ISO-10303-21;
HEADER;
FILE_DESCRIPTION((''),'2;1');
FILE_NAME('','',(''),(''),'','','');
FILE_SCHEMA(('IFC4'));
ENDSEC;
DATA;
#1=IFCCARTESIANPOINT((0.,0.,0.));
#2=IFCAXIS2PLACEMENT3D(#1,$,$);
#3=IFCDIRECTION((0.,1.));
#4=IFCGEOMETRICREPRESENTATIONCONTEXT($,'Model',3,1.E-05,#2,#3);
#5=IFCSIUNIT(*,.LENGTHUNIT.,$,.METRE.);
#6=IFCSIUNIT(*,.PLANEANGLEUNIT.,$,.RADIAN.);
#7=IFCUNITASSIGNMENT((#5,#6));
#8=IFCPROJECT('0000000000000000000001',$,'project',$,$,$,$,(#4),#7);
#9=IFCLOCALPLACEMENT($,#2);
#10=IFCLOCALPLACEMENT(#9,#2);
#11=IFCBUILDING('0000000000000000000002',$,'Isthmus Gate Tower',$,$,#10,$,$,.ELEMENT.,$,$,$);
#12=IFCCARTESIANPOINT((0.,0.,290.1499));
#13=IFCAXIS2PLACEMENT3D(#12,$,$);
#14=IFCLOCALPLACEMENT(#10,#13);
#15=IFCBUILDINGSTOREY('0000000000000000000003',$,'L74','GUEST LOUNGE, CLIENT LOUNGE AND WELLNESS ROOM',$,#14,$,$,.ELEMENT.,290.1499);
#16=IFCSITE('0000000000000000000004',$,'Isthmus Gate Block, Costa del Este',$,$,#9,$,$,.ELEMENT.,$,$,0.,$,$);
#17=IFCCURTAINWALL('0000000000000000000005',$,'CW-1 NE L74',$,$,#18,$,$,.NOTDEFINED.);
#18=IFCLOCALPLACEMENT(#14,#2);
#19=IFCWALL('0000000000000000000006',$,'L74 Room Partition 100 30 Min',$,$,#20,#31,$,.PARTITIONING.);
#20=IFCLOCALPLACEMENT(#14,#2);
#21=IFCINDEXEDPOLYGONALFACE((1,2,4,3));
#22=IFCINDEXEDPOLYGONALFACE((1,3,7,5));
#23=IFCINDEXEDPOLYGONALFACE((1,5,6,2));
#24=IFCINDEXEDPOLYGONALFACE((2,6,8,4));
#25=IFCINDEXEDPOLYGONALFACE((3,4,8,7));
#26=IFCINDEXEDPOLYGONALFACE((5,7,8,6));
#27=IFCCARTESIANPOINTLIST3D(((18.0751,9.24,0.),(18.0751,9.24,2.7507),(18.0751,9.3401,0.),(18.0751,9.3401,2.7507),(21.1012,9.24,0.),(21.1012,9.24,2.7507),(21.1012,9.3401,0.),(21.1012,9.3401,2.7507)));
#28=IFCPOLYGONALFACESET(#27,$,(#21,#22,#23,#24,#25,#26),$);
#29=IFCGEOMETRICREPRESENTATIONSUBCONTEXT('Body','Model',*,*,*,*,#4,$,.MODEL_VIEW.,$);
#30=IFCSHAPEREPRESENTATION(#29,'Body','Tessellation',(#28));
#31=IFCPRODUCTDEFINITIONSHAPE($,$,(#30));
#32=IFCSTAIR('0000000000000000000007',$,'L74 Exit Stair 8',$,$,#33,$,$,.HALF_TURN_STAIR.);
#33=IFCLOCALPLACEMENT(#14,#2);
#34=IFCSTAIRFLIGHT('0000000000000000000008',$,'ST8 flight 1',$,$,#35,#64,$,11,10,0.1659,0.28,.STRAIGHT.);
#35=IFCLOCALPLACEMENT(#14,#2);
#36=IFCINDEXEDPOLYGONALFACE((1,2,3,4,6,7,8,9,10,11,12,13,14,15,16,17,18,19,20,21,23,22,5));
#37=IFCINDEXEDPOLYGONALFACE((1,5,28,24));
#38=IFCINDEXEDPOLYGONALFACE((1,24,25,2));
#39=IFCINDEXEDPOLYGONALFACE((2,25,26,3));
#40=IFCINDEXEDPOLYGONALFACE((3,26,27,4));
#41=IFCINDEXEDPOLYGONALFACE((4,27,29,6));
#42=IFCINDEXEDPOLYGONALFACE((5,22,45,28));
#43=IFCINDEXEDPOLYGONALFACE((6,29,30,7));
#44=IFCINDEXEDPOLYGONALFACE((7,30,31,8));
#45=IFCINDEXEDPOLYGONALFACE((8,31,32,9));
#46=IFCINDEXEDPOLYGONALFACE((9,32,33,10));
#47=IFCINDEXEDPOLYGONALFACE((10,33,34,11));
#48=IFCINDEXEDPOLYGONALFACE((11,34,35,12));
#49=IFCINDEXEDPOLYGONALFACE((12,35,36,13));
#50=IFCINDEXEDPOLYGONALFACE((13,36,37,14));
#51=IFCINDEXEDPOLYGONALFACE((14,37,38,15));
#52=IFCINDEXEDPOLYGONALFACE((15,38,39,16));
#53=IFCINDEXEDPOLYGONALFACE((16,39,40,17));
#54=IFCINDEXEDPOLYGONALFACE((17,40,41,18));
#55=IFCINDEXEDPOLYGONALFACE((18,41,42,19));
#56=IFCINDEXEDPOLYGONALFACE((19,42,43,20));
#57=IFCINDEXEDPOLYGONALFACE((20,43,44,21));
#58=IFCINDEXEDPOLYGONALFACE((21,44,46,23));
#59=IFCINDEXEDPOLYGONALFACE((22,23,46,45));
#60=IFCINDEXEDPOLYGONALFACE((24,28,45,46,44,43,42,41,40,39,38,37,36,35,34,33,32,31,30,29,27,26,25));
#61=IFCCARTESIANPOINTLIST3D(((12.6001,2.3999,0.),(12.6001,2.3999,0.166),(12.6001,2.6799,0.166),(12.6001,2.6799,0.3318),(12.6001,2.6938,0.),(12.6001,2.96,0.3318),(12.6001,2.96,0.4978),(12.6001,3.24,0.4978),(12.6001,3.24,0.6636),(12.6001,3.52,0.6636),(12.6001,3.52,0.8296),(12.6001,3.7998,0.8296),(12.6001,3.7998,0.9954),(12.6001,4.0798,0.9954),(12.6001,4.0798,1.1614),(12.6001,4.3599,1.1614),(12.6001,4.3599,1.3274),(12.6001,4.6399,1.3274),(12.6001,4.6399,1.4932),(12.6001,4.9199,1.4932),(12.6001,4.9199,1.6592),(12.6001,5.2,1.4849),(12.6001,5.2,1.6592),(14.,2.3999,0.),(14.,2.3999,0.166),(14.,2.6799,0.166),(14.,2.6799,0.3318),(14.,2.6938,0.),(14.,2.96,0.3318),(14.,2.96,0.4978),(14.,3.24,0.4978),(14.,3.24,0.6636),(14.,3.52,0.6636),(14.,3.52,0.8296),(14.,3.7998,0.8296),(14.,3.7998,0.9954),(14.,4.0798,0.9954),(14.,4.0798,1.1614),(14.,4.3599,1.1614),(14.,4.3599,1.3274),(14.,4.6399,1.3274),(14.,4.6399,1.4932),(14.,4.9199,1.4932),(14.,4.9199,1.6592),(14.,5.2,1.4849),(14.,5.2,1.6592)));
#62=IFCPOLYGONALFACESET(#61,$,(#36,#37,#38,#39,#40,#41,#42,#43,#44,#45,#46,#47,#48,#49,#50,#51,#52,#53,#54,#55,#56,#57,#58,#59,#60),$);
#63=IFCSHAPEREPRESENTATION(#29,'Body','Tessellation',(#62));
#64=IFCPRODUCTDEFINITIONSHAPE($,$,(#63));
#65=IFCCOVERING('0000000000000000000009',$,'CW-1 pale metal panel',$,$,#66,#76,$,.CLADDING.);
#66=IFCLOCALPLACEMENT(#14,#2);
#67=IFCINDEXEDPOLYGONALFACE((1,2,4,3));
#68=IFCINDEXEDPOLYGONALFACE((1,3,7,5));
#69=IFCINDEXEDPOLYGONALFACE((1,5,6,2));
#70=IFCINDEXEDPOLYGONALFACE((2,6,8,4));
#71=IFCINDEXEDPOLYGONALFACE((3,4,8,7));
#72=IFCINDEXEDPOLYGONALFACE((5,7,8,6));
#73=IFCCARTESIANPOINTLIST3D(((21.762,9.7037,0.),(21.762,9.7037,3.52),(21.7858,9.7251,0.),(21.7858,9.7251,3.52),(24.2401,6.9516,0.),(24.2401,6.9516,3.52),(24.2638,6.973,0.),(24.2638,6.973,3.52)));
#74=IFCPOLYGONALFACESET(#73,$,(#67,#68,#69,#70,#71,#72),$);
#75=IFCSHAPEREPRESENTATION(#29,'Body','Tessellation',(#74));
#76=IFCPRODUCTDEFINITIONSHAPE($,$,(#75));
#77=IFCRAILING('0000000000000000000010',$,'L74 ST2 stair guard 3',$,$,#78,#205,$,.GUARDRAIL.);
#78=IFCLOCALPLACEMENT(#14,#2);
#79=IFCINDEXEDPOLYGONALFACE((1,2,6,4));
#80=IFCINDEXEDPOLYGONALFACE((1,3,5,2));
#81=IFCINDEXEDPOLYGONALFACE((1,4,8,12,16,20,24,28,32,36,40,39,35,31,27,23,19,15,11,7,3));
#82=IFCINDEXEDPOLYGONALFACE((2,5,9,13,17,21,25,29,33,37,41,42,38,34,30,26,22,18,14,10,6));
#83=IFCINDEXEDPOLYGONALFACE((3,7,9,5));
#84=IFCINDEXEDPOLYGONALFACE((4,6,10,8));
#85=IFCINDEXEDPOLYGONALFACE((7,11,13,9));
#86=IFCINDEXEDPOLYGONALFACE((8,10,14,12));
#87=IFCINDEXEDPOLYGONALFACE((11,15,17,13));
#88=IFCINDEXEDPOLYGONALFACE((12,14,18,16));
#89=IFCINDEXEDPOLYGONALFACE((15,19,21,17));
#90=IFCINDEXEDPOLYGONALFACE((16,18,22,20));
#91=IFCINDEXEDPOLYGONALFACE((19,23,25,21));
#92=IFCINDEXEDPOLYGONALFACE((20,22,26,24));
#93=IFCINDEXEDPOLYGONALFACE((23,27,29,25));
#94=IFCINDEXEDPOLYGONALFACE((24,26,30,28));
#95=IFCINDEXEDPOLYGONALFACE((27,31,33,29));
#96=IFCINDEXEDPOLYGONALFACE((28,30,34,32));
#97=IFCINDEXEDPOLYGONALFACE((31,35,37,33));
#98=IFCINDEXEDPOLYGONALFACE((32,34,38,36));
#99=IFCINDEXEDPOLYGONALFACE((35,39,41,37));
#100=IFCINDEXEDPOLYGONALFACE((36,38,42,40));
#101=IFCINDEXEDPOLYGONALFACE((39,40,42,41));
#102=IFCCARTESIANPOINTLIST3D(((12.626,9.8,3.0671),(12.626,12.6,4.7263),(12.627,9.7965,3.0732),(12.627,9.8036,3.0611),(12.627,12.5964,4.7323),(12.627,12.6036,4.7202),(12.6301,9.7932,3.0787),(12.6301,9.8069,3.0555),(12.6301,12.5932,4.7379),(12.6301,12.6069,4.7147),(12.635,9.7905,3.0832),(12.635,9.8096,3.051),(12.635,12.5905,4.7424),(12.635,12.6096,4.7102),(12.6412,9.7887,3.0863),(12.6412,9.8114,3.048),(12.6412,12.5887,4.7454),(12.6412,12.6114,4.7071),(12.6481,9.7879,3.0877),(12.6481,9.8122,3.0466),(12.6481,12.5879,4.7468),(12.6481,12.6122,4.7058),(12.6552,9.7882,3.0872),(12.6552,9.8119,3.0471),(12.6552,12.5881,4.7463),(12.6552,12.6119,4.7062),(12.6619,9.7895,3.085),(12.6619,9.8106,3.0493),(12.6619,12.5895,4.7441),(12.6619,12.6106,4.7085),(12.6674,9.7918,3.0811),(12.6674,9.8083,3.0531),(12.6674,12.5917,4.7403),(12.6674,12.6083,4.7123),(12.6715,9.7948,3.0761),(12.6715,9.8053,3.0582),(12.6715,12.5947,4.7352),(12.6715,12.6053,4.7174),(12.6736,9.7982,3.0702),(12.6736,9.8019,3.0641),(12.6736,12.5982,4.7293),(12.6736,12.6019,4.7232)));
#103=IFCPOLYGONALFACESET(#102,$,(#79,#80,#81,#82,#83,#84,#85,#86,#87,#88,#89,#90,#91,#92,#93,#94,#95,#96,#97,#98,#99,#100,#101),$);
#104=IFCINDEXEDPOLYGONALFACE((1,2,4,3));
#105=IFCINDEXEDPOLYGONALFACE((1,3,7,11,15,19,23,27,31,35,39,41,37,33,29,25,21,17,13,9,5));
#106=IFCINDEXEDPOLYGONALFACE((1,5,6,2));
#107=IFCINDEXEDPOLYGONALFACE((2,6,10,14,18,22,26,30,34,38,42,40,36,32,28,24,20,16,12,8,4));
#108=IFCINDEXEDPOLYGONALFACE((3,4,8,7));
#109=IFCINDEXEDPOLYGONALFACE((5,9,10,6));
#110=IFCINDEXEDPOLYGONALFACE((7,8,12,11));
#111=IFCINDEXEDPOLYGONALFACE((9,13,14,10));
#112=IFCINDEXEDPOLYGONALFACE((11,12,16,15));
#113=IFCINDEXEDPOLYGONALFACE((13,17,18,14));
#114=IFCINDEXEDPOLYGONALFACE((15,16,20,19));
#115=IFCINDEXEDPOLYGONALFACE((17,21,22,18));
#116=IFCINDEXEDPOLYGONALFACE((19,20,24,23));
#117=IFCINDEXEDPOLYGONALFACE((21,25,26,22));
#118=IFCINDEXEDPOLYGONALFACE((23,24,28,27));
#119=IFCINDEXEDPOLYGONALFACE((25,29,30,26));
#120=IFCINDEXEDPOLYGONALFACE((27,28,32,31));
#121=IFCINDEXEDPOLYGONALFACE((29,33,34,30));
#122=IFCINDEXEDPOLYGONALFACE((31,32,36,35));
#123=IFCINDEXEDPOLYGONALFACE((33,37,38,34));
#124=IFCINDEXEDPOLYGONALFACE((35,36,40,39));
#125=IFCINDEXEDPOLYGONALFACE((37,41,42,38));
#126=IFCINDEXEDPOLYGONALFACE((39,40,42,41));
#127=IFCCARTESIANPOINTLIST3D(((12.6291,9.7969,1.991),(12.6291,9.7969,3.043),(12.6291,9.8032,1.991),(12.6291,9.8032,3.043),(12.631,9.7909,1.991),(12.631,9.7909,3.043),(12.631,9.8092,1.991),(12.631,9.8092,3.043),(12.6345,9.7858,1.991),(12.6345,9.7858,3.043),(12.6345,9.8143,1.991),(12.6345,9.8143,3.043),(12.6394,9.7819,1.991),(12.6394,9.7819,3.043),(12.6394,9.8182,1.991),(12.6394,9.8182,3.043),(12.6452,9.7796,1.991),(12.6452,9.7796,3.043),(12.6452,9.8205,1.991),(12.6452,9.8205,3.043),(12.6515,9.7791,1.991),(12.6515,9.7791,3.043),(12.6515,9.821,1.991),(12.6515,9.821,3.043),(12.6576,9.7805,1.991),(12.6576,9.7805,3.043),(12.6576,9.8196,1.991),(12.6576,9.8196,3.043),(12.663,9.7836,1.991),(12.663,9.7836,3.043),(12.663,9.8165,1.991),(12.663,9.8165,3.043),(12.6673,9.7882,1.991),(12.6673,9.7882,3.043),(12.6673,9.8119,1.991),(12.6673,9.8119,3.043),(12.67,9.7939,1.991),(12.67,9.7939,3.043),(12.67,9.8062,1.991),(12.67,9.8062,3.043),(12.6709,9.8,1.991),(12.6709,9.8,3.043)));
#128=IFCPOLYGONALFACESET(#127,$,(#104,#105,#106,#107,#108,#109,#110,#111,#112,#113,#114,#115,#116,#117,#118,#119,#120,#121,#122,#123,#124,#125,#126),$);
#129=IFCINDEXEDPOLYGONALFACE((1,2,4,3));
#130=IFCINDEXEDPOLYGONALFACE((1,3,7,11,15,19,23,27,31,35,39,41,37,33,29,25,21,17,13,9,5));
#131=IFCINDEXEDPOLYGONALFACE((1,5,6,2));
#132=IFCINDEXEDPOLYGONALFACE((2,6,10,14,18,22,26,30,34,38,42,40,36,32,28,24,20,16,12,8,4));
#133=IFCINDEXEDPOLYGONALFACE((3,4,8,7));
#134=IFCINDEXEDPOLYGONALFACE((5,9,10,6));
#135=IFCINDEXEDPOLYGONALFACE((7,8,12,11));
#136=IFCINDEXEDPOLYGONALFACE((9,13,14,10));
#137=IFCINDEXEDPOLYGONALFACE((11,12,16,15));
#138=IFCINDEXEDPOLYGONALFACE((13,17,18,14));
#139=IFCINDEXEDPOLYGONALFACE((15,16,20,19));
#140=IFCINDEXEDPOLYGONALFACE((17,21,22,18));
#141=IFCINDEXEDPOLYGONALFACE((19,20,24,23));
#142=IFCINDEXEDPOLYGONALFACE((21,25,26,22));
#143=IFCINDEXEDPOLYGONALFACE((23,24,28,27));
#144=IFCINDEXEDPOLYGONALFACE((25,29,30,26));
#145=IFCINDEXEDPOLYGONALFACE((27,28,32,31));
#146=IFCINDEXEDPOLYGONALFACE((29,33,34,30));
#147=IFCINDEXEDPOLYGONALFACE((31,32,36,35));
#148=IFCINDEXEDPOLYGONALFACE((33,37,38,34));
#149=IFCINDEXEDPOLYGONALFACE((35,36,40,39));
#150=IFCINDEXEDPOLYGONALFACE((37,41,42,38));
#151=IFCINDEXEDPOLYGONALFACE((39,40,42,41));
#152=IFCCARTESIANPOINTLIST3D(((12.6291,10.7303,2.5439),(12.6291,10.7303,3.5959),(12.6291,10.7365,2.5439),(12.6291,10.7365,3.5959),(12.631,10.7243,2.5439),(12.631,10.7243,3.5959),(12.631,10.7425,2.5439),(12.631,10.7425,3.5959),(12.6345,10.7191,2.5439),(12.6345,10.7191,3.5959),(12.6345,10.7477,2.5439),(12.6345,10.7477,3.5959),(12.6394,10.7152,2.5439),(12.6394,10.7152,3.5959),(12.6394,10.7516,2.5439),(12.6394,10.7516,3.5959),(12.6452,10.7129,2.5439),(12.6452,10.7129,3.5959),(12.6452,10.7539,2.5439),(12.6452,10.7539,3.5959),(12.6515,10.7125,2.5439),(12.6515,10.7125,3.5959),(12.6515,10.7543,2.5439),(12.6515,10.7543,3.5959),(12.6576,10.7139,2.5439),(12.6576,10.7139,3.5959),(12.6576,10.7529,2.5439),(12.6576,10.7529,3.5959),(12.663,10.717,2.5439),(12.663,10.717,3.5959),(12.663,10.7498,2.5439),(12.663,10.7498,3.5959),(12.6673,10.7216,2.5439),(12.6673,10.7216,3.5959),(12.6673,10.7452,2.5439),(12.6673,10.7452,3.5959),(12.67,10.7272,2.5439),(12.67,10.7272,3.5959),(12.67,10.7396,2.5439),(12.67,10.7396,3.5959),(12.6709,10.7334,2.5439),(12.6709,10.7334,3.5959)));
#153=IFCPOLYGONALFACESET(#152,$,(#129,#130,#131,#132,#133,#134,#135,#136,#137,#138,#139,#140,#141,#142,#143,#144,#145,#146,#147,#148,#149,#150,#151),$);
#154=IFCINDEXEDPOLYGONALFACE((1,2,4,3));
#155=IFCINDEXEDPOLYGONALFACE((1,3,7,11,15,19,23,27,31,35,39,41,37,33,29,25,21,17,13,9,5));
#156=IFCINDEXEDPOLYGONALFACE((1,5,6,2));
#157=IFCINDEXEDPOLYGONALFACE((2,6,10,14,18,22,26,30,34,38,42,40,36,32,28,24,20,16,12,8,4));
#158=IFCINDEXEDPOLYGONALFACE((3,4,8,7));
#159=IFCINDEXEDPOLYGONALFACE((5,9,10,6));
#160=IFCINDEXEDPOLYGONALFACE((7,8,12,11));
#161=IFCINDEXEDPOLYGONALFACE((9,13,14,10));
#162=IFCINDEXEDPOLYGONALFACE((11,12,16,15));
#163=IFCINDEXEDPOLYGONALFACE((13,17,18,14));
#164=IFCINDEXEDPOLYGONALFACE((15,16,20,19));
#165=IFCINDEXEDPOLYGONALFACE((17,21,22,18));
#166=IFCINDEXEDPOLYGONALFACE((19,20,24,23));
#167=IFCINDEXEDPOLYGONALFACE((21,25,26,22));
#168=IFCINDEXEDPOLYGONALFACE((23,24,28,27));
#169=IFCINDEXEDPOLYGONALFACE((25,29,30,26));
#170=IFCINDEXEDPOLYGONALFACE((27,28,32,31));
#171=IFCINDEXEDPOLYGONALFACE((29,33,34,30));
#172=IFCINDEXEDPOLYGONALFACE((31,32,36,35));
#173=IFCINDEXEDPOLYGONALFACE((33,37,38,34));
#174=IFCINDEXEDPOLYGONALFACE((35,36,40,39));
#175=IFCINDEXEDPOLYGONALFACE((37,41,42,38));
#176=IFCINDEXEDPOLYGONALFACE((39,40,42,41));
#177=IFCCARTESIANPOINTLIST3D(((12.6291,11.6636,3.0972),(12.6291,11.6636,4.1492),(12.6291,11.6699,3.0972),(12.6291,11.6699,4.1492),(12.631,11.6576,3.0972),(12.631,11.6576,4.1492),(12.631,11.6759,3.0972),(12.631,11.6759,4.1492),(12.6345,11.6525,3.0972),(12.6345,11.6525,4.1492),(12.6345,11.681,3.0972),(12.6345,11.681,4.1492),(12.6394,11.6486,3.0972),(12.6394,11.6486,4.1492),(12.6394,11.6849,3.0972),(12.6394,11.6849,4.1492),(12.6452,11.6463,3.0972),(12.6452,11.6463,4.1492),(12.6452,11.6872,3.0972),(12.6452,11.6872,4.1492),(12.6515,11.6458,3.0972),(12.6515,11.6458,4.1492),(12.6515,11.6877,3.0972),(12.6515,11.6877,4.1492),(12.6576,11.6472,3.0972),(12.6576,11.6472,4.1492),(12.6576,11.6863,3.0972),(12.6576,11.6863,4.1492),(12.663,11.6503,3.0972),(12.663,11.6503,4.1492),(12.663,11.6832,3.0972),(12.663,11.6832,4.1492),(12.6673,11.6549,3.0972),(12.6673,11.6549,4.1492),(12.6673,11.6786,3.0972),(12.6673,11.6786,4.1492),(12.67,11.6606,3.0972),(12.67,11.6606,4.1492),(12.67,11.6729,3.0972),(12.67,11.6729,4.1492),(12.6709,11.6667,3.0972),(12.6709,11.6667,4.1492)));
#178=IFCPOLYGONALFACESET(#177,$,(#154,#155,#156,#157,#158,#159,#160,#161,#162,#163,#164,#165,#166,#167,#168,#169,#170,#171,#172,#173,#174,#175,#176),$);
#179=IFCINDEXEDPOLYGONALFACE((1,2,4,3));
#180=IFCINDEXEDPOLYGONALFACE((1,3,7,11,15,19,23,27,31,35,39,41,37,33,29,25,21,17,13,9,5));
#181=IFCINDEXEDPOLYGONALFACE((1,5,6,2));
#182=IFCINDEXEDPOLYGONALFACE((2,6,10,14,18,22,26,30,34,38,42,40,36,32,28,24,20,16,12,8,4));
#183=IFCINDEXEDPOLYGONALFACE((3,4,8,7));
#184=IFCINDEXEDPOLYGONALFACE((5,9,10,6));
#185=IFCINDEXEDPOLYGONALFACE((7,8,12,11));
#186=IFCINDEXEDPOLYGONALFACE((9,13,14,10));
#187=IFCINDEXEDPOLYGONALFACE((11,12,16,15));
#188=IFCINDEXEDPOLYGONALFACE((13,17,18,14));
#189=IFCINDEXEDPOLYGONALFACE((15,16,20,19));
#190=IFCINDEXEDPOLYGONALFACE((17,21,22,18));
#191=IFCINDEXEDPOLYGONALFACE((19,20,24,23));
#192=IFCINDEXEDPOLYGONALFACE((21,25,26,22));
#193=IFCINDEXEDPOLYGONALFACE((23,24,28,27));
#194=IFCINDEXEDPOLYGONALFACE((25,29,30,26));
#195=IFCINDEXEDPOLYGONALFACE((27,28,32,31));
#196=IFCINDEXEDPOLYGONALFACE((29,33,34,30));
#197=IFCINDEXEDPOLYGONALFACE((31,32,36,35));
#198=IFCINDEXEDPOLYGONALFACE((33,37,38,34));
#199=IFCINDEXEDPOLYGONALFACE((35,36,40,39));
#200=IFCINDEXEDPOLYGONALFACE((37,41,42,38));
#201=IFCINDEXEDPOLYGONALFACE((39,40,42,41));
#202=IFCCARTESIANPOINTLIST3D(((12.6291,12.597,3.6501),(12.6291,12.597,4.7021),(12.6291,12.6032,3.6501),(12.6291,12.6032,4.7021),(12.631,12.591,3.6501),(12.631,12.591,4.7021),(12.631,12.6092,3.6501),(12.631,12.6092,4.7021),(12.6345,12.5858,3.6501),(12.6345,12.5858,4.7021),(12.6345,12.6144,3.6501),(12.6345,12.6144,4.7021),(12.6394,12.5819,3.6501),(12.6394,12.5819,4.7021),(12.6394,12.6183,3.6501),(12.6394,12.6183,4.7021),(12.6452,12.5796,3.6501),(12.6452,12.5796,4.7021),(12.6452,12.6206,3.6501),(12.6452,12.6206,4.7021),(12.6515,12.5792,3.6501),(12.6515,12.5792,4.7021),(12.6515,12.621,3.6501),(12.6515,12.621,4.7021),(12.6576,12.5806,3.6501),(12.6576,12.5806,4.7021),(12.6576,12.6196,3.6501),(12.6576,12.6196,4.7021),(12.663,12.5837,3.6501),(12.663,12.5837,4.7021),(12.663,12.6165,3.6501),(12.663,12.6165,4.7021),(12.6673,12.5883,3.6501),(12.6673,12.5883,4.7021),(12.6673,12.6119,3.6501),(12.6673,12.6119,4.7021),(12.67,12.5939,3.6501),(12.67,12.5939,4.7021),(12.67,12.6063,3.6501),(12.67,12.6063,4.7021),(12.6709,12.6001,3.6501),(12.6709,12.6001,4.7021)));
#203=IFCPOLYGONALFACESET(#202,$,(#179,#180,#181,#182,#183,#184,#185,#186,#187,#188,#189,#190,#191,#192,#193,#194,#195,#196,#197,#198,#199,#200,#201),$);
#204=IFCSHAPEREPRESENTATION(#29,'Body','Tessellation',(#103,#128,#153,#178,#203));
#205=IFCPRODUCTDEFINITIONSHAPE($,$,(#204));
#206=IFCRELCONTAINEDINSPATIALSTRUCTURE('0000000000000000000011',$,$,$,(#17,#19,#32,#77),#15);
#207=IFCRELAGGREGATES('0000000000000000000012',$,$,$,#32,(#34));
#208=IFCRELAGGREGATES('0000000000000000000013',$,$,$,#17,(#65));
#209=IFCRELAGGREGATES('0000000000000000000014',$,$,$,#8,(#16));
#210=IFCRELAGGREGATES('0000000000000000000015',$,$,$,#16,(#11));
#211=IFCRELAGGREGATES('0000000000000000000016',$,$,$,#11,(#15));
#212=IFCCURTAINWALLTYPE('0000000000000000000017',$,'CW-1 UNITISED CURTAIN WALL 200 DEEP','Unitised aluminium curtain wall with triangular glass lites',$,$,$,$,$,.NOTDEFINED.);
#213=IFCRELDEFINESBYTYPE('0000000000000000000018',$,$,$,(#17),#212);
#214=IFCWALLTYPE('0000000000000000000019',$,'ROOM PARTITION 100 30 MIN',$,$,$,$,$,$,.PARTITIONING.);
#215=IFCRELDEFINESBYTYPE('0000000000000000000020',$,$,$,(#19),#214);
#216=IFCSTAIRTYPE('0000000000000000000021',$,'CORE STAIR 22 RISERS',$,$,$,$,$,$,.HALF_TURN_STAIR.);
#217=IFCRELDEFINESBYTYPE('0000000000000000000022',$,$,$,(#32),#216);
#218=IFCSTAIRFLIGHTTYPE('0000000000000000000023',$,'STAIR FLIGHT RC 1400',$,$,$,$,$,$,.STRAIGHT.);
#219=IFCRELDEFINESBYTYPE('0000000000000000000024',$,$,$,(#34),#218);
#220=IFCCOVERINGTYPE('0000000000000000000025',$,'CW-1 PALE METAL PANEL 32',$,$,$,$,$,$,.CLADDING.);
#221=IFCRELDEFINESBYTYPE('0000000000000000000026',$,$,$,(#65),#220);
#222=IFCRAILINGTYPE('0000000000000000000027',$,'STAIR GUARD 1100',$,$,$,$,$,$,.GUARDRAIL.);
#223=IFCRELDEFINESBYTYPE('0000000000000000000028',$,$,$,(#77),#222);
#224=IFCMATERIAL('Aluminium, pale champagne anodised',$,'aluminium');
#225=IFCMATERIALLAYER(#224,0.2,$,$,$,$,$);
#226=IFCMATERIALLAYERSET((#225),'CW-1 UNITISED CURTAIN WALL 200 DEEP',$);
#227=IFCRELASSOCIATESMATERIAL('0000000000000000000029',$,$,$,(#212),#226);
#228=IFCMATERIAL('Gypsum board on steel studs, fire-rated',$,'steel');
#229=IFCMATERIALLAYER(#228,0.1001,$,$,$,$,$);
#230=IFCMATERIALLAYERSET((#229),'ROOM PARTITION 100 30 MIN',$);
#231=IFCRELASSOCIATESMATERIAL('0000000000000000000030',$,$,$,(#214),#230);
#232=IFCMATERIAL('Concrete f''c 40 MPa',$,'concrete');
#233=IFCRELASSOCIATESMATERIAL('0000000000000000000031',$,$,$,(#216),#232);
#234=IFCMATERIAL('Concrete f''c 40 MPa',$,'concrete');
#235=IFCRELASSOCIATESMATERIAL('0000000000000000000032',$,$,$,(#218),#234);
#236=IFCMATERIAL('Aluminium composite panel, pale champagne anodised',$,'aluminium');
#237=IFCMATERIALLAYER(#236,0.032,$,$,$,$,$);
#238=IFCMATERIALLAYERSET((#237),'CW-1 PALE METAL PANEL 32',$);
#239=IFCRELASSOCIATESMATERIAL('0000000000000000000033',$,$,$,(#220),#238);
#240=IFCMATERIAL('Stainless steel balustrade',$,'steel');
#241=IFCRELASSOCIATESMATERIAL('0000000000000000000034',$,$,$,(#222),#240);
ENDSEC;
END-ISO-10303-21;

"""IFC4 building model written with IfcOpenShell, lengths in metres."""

from ifc_helpers import new_model, si_unit, direction, frame, frame_2d, origin, origin_2d, place, context, subcontext, project, spatial, polyline, rectangle, circle, outline, extrude, material, layer, layer_set, type_object, element, aggregate, save


model = new_model("IFC4")

# Units and contexts
model_context = context("Model", 3, precision=1e-05, world=origin(), true_north=direction((0.0, 1.0)))
body_context = subcontext(model_context, "Body", "Model", "MODEL_VIEW")
ifc_project = project(units=[si_unit("LENGTHUNIT", "METRE"), si_unit("PLANEANGLEUNIT", "RADIAN")], contexts=[model_context])

# Site, building, storey
site_placement = place(None, origin())
site = spatial("IfcSite", under=ifc_project, at=site_placement, Name="Isthmus Gate Block, Costa del Este", CompositionType="ELEMENT", RefElevation=0.0)
building_placement = place(site_placement, origin())
building = spatial("IfcBuilding", under=site, at=building_placement, Name="Isthmus Gate Tower", CompositionType="ELEMENT")
storey_placement = place(building_placement, frame((0.0, 0.0, 290.1499)))
storey = spatial("IfcBuildingStorey", under=building, at=storey_placement, Name="L74", Description="GUEST LOUNGE, CLIENT LOUNGE AND WELLNESS ROOM", CompositionType="ELEMENT", Elevation=290.1499)

# Curtain wall
ifc_material_1 = material(Name="Aluminium, pale champagne anodised", Category="aluminium")
ifc_layer_1 = layer(ifc_material_1, 0.2)
ifc_layer_set_1 = layer_set([ifc_layer_1], Name="CW-1 UNITISED CURTAIN WALL 200 DEEP")
curtain_wall_type = type_object("IfcCurtainWallType", Name="CW-1 UNITISED CURTAIN WALL 200 DEEP", Description="Unitised aluminium curtain wall with triangular glass lites", PredefinedType="NOTDEFINED", material=ifc_layer_set_1)
curtain_wall_1_placement = place(storey_placement, origin())
curtain_wall_1 = element("IfcCurtainWall", 1, at=curtain_wall_1_placement, inside=storey, type_object=curtain_wall_type, Name="CW-1 NE L74", PredefinedType="NOTDEFINED")

# Wall
ifc_material_2 = material(Name="Gypsum board on steel studs, fire-rated", Category="steel")
ifc_layer_2 = layer(ifc_material_2, 0.1001)
ifc_layer_set_2 = layer_set([ifc_layer_2], Name="ROOM PARTITION 100 30 MIN")
wall_type_1 = type_object("IfcWallType", Name="ROOM PARTITION 100 30 MIN", PredefinedType="PARTITIONING", material=ifc_layer_set_2)
wall_1_placement = place(storey_placement, frame((18.075, 9.29, 0.0), z_axis=(0.0, 0.0, 1.0), x_axis=(1.0, 0.0, 0.0)))
element("IfcWall", 2, at=wall_1_placement, inside=storey, type_object=wall_type_1, Name="L74 Room Partition 100 30 Min", PredefinedType="PARTITIONING", context=body_context, shape_type="SweptSolid", body=[
    extrude(rectangle(XDim=3.0261, YDim=0.1001, at=frame_2d((1.5132, 0.0))), origin(), (0.0, 0.0, 1.0), 2.7507),
])

# Stair, stair flight
ifc_material_3 = material(Name="Concrete f'c 40 MPa", Category="concrete")
stair_type = type_object("IfcStairType", Name="CORE STAIR 22 RISERS", PredefinedType="HALF_TURN_STAIR", material=ifc_material_3)
stair_placement = place(storey_placement, origin())
stair = element("IfcStair", 3, at=stair_placement, inside=storey, type_object=stair_type, Name="L74 Exit Stair 8", PredefinedType="HALF_TURN_STAIR")
ifc_material_4 = material(Name="Concrete f'c 40 MPa", Category="concrete")
stair_flight_type = type_object("IfcStairFlightType", Name="STAIR FLIGHT RC 1400", PredefinedType="STRAIGHT", material=ifc_material_4)
stair_flight_placement = place(storey_placement, frame((13.3, 2.3999, 0.0), z_axis=(0.0, 0.0, 1.0), x_axis=(0.0, 1.0, 0.0)))
stair_flight = element("IfcStairFlight", 4, at=stair_flight_placement, type_object=stair_flight_type, Name="ST8 flight 1", NumberOfRisers=11, NumberOfTreads=10, PredefinedType="STRAIGHT", RiserHeight=0.1659, TreadLength=0.28, context=body_context, shape_type="SweptSolid", body=[
    extrude(outline(polyline([(0.0, 0.0), (0.0, 0.166), (0.28, 0.166), (0.28, 0.3318), (0.5601, 0.3318), (0.5601, 0.4978), (0.8401, 0.4978), (0.8401, 0.6636), (1.1201, 0.6636), (1.1201, 0.8296), (1.3999, 0.8296), (1.3999, 0.9954), (1.6799, 0.9954), (1.6799, 1.1614), (1.96, 1.1614), (1.96, 1.3274), (2.24, 1.3274), (2.24, 1.4932), (2.52, 1.4932), (2.52, 1.6592), (2.8, 1.6592), (2.8, 1.825), (2.8, 1.4849), (0.2939, 0.0), (0.0, 0.0)])), frame((0.0, 0.7, 0.0), z_axis=(0.0, -1.0, 0.0), x_axis=(1.0, 0.0, 0.0)), (0.0, 0.0, 1.0), 1.3999),
])
aggregate(stair, [stair_flight])

# Covering
ifc_material_5 = material(Name="Aluminium composite panel, pale champagne anodised", Category="aluminium")
ifc_layer_3 = layer(ifc_material_5, 0.032)
ifc_layer_set_3 = layer_set([ifc_layer_3], Name="CW-1 PALE METAL PANEL 32")
covering_type = type_object("IfcCoveringType", Name="CW-1 PALE METAL PANEL 32", PredefinedType="CLADDING", material=ifc_layer_set_3)
covering_placement = place(storey_placement, frame((23.0129, 8.3384, 0.0), z_axis=(0.0, 0.0, 1.0), x_axis=(-0.669131, 0.743145, 0.0)))
covering = element("IfcCovering", 5, at=covering_placement, type_object=covering_type, Name="CW-1 pale metal panel", PredefinedType="CLADDING", context=body_context, shape_type="SweptSolid", body=[
    extrude(rectangle(XDim=3.7034, YDim=0.032, at=origin_2d()), origin(), (0.0, 0.0, 1.0), 3.52),
])
aggregate(curtain_wall_1, [covering])

# Railing
ifc_material_6 = material(Name="Stainless steel balustrade", Category="steel")
railing_type_1 = type_object("IfcRailingType", Name="STAIR GUARD 1100", PredefinedType="GUARDRAIL", material=ifc_material_6)
for number, where, name in (
    (6, (12.6499, 9.8, 1.991), "L74 ST2 stair guard 3"),
):
    element("IfcRailing", number, at=place(storey_placement, frame(where)), inside=storey, type_object=railing_type_1, Name=name, PredefinedType="GUARDRAIL", context=body_context, shape_type="SweptSolid", body=[
        extrude(circle(Radius=0.0239, at=origin_2d()), frame((0.0, 0.0, 1.0762), z_axis=(0.0, 0.860306, 0.509778), x_axis=(-1.0, 0.0, 0.0)), (0.0, 0.0, 1.0), 3.2546),
        extrude(circle(Radius=0.021, at=origin_2d()), origin(), (0.0, 0.0, 1.0), 1.052),
        extrude(circle(Radius=0.021, at=origin_2d()), frame((0.0, 0.9333, 0.553)), (0.0, 0.0, 1.0), 1.052),
        extrude(circle(Radius=0.021, at=origin_2d()), frame((0.0, 1.8667, 1.1062)), (0.0, 0.0, 1.0), 1.052),
        extrude(circle(Radius=0.021, at=origin_2d()), frame((0.0, 2.8, 1.6592)), (0.0, 0.0, 1.0), 1.052),
    ])

save(model, "model.ifc")
